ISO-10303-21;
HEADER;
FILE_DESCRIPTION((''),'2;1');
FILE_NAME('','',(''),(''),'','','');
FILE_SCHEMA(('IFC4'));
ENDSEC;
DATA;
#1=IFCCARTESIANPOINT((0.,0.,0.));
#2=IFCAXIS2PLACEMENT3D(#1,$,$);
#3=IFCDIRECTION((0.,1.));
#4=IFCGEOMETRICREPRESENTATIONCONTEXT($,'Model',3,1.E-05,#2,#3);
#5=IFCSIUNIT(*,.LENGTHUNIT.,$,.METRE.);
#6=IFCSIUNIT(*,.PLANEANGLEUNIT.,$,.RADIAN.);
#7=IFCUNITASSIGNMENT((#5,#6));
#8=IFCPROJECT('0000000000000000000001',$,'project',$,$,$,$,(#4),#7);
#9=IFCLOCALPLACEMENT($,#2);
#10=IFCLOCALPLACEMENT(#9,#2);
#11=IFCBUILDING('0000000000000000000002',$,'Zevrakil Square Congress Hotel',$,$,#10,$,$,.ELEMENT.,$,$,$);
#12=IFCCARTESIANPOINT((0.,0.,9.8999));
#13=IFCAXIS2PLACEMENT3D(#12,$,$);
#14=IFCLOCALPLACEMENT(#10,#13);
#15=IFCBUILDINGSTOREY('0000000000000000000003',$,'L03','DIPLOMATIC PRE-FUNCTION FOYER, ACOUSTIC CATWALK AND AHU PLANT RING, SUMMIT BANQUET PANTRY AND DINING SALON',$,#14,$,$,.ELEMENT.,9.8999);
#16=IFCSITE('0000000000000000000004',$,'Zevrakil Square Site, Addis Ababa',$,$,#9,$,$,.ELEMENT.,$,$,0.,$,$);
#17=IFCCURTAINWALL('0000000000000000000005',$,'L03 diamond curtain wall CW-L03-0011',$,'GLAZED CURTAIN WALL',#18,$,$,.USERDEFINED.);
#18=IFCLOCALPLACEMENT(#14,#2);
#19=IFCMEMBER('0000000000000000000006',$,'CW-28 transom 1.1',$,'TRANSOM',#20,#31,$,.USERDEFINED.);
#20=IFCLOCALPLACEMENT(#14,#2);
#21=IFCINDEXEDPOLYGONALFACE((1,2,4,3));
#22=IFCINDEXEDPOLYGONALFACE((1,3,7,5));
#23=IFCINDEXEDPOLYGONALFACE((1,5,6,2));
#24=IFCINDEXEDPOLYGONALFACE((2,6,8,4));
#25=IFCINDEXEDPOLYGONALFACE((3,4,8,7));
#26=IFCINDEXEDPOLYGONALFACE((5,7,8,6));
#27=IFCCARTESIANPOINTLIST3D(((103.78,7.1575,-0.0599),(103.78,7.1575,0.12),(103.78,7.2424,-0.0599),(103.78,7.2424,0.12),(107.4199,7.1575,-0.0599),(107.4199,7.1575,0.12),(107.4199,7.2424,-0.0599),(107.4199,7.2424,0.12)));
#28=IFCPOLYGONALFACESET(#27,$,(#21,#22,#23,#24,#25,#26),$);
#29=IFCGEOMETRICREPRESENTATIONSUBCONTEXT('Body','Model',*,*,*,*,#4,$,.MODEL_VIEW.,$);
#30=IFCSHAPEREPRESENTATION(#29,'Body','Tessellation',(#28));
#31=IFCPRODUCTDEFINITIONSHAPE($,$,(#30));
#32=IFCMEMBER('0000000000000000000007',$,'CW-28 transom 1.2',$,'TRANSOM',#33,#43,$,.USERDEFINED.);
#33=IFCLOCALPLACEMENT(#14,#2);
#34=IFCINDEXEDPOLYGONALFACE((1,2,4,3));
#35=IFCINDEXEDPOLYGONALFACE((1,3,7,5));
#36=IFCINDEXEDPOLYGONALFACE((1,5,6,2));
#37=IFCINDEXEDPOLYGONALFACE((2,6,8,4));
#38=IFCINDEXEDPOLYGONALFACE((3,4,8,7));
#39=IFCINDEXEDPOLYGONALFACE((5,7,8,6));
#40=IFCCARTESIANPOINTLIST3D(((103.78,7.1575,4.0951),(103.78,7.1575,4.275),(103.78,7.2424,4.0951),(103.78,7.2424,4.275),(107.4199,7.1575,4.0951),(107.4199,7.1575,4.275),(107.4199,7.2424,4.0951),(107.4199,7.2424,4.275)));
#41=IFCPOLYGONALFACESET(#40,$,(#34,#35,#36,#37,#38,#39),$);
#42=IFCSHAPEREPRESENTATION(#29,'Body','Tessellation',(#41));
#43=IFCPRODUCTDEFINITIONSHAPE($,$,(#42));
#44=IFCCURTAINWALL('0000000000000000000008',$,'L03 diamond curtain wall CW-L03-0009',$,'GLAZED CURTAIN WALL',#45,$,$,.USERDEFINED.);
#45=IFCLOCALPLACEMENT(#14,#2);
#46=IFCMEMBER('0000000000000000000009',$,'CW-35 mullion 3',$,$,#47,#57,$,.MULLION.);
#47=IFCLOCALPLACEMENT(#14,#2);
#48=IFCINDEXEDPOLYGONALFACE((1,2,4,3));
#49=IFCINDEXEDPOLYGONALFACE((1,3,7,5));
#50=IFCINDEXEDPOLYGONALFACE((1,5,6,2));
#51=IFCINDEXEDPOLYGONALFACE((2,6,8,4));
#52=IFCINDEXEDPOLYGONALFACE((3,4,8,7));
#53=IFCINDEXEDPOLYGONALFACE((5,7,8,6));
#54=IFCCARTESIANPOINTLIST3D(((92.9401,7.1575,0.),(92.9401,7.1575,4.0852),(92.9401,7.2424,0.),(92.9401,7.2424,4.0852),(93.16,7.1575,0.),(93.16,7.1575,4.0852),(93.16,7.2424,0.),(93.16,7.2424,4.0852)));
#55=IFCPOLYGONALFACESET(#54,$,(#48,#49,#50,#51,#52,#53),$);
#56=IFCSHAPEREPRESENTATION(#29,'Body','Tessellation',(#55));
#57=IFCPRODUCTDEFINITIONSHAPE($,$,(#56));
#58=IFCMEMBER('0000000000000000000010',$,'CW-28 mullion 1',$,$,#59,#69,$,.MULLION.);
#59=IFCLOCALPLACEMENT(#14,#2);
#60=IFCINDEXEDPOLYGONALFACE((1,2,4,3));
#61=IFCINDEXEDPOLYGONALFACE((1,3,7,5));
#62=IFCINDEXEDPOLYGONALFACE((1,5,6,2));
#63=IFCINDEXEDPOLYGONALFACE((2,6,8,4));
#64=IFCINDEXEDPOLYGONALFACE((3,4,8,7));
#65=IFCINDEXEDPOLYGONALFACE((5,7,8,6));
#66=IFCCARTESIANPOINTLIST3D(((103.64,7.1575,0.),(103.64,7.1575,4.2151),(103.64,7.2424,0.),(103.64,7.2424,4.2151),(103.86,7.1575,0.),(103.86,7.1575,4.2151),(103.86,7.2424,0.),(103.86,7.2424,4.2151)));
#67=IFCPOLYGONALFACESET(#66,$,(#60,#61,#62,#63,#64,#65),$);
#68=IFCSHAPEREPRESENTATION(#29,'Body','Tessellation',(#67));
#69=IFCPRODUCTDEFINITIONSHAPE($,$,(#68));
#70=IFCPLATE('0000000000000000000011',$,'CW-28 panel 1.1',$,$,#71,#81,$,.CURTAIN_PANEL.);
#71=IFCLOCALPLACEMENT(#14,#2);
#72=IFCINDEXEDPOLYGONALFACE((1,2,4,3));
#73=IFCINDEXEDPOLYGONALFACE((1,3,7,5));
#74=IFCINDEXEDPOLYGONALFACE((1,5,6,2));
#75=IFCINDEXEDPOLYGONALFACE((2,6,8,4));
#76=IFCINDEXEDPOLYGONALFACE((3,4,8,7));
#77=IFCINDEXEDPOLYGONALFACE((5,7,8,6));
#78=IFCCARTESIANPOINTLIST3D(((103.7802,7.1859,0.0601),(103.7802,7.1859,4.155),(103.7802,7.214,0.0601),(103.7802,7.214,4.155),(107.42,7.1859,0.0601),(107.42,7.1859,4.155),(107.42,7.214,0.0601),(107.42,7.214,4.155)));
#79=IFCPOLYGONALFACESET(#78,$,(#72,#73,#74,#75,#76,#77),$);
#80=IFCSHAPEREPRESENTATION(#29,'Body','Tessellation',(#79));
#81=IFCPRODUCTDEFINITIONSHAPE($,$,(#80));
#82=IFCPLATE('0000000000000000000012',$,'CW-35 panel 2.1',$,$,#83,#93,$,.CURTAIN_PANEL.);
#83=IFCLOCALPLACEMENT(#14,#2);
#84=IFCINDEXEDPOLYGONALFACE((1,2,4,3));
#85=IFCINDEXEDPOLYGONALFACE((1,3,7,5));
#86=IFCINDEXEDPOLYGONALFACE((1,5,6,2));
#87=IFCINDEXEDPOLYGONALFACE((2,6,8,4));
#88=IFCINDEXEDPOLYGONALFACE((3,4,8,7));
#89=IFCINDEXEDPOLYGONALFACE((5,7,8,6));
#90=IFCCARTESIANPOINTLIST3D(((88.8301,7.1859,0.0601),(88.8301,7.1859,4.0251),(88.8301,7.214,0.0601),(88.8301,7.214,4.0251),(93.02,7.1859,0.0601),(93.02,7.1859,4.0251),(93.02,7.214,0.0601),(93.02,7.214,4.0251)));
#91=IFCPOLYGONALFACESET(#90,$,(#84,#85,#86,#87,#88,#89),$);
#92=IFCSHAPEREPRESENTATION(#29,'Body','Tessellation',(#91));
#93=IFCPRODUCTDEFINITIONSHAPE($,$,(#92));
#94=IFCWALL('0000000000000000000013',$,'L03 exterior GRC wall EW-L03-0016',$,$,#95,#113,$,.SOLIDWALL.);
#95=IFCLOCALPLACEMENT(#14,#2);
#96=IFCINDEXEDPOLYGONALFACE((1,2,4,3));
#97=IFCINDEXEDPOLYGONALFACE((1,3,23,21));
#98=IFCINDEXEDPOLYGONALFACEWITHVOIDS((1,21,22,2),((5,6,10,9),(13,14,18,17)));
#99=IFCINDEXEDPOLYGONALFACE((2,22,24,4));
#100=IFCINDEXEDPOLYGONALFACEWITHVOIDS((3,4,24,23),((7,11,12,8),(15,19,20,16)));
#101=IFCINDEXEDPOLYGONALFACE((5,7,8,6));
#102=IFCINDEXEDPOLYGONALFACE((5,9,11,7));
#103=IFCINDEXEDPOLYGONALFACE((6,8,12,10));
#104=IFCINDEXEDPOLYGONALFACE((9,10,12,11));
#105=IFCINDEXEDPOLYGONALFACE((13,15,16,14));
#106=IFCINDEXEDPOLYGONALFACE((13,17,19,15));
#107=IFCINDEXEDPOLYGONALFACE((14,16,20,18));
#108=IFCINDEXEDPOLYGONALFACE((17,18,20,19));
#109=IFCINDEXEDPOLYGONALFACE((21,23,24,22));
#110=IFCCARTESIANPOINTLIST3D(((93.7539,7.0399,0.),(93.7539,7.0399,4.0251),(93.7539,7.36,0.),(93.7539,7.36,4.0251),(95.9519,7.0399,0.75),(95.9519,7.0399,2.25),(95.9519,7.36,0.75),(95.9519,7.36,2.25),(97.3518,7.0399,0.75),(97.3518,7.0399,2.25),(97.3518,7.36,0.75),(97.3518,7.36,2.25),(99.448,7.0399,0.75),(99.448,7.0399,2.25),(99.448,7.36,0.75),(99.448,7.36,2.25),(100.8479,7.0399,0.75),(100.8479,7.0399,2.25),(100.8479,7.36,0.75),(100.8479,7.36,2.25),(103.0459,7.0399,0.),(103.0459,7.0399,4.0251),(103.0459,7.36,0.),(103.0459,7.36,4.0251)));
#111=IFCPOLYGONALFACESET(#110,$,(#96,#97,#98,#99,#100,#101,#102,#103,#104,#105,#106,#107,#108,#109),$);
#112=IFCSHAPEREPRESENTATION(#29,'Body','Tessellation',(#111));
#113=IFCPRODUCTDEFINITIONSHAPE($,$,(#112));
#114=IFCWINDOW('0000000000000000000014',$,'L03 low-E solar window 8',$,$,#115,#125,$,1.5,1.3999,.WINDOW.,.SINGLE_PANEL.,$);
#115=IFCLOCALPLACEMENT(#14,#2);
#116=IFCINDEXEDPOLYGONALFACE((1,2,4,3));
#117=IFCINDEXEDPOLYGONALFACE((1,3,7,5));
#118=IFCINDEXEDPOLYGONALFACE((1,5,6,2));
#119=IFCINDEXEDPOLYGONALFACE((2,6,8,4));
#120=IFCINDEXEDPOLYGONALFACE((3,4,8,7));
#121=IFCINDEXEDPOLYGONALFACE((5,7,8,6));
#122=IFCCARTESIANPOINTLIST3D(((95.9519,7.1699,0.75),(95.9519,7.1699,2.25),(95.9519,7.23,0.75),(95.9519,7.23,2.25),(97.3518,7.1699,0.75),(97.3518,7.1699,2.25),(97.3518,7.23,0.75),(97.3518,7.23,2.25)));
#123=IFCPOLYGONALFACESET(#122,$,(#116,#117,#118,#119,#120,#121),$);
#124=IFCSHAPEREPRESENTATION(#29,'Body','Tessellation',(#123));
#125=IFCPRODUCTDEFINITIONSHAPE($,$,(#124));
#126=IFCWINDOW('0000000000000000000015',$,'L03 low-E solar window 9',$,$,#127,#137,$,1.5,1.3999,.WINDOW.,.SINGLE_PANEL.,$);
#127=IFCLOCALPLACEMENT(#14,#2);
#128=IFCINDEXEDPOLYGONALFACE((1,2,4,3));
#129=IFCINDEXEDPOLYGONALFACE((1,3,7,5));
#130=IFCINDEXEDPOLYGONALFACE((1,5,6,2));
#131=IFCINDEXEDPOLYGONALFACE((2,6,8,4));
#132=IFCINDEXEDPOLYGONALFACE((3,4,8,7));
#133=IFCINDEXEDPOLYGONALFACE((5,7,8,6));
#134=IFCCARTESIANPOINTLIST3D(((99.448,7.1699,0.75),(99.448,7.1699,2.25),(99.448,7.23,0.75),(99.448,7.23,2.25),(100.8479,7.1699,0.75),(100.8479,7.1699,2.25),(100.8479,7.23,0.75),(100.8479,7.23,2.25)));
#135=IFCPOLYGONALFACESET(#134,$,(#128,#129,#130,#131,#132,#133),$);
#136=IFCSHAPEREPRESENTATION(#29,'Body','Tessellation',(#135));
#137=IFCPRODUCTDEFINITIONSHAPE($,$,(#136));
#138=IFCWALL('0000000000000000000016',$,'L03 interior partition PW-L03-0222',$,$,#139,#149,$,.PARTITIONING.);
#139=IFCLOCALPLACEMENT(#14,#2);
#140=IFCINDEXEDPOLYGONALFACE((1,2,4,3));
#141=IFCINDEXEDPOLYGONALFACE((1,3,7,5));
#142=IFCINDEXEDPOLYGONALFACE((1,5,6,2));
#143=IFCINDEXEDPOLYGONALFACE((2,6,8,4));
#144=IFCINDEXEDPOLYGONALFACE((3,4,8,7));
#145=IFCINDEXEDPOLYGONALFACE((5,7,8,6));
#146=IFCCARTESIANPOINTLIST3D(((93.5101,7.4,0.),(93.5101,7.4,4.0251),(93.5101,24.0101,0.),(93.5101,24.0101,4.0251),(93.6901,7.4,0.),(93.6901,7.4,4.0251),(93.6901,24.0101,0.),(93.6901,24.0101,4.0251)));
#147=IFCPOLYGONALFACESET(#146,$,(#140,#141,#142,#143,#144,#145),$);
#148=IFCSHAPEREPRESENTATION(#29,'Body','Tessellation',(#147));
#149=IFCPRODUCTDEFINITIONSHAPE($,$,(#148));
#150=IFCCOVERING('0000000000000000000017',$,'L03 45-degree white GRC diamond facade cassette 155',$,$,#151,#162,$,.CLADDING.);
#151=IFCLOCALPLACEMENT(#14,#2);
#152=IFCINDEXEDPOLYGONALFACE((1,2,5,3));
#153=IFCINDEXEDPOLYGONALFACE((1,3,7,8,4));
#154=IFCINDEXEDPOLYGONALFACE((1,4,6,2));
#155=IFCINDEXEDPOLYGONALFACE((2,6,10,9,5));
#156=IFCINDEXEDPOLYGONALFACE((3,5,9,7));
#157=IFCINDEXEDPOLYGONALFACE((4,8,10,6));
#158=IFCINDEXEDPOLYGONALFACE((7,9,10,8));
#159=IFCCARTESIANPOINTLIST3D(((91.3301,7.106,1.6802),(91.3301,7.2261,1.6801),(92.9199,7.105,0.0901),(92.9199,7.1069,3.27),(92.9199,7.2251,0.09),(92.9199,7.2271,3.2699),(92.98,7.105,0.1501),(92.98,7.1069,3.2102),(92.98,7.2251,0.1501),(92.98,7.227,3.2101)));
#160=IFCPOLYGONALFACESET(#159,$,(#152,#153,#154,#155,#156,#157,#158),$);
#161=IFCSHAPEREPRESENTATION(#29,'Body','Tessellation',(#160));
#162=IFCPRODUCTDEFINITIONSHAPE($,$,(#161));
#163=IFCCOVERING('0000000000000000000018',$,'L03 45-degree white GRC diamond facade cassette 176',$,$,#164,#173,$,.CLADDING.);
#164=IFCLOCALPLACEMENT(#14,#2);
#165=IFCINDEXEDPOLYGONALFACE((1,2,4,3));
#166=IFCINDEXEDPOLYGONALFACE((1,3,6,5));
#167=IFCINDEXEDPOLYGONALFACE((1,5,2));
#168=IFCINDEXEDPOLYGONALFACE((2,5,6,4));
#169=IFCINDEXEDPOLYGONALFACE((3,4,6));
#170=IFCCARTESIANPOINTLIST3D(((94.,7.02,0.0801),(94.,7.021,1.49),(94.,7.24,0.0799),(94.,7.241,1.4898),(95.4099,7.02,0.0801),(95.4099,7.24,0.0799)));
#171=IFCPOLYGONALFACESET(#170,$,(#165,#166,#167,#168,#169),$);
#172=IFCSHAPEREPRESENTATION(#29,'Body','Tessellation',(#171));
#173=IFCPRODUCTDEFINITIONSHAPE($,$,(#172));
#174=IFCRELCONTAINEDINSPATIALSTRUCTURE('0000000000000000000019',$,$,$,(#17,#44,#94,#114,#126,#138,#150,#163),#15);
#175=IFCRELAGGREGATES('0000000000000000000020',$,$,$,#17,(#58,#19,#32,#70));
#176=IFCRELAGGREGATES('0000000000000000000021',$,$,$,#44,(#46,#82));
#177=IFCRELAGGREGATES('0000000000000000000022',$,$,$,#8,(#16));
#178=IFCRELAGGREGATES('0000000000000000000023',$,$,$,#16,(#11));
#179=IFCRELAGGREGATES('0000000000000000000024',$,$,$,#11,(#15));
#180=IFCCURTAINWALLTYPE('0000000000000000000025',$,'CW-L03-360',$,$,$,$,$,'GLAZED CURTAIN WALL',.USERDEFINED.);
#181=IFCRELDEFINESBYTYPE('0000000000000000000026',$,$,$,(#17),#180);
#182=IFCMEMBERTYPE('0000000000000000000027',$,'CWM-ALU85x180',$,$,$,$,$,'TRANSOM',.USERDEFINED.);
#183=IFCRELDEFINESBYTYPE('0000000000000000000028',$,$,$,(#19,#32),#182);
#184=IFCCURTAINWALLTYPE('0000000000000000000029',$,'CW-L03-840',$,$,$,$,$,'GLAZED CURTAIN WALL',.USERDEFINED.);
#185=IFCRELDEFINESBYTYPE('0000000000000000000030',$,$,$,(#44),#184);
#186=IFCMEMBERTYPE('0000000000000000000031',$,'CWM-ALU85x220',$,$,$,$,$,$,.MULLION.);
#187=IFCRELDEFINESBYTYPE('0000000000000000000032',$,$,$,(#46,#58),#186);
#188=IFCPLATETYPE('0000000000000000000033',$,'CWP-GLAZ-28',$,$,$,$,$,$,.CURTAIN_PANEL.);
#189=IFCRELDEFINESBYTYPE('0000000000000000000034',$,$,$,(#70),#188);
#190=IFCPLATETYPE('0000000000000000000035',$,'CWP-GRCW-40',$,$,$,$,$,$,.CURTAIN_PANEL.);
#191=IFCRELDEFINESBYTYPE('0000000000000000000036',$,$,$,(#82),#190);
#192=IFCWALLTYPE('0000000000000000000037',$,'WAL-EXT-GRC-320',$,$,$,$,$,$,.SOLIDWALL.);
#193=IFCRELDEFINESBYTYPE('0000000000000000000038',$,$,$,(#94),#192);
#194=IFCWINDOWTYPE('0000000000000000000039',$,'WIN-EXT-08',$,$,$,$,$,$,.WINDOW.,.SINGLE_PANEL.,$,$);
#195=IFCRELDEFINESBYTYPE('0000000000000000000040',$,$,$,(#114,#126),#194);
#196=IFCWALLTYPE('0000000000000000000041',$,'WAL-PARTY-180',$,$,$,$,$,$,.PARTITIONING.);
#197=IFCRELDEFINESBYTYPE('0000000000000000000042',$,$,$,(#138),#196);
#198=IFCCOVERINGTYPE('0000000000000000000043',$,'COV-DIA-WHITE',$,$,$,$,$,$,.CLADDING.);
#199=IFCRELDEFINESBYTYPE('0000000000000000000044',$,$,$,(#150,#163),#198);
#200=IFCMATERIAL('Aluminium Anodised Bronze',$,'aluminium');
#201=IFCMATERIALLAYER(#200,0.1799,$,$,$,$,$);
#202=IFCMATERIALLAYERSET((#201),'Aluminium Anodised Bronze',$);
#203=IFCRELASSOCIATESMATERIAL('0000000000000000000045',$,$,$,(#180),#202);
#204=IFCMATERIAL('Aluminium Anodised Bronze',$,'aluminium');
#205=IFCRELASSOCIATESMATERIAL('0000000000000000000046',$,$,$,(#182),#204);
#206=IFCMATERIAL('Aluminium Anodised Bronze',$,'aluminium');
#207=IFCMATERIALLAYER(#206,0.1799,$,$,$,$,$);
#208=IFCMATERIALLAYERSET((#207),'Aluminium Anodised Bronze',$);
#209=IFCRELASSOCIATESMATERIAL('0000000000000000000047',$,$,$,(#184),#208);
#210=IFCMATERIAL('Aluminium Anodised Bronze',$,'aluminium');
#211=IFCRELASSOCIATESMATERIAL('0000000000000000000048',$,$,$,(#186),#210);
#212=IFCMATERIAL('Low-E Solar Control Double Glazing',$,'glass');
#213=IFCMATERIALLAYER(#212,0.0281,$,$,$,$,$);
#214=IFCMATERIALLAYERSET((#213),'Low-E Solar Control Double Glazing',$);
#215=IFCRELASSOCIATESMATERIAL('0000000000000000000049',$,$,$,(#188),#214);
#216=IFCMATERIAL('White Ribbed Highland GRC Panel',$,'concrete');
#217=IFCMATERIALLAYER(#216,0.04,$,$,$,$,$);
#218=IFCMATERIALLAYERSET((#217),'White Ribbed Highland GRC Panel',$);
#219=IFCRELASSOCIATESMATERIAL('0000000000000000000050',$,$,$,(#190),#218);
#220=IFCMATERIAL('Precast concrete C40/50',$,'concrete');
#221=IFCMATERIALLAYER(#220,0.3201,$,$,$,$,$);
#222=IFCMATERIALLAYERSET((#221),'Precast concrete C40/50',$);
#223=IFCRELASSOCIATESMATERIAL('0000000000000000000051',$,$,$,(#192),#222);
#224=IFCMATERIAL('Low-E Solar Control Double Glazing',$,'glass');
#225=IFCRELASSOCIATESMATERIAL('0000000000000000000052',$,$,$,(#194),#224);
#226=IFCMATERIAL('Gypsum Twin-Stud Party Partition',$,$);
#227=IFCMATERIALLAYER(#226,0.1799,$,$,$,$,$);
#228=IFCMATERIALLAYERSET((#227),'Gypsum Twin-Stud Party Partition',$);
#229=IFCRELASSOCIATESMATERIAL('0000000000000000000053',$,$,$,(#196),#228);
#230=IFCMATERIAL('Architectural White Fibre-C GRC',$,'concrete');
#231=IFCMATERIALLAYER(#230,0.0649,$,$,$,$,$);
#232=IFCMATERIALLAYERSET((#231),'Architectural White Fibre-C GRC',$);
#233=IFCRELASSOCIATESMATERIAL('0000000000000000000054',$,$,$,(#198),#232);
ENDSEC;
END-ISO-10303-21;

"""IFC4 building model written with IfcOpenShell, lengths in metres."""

from ifc_helpers import new_model, si_unit, direction, frame, frame_2d, origin, origin_2d, place, context, subcontext, project, spatial, polyline, rectangle, outline, extrude, material, layer, layer_set, material_profile, profile_set, type_object, element, fill, aggregate, save


model = new_model("IFC4")

# Units and contexts
model_context = context("Model", 3, precision=1e-05, world=origin(), true_north=direction((0.0, 1.0)))
body_context = subcontext(model_context, "Body", "Model", "MODEL_VIEW")
ifc_project = project(units=[si_unit("LENGTHUNIT", "METRE"), si_unit("PLANEANGLEUNIT", "RADIAN")], contexts=[model_context])

# Site, building, storey
site_placement = place(None, origin())
site = spatial("IfcSite", under=ifc_project, at=site_placement, Name="Zevrakil Square Site, Addis Ababa", CompositionType="ELEMENT", RefElevation=0.0)
building_placement = place(site_placement, origin())
building = spatial("IfcBuilding", under=site, at=building_placement, Name="Zevrakil Square Congress Hotel", CompositionType="ELEMENT")
storey_placement = place(building_placement, frame((0.0, 0.0, 9.8999)))
storey = spatial("IfcBuildingStorey", under=building, at=storey_placement, Name="L03", Description="DIPLOMATIC PRE-FUNCTION FOYER, ACOUSTIC CATWALK AND AHU PLANT RING, SUMMIT BANQUET PANTRY AND DINING SALON", CompositionType="ELEMENT", Elevation=9.8999)

# Curtain wall, members
ifc_material_1 = material(Name="Aluminium Anodised Bronze", Category="aluminium")
ifc_layer_1 = layer(ifc_material_1, 0.1799)
ifc_layer_set_1 = layer_set([ifc_layer_1], Name="Aluminium Anodised Bronze")
curtain_wall_type_1 = type_object("IfcCurtainWallType", Name="CW-L03-360", ElementType="GLAZED CURTAIN WALL", PredefinedType="USERDEFINED", material=ifc_layer_set_1)
curtain_wall_1_placement = place(storey_placement, origin())
curtain_wall_1 = element("IfcCurtainWall", 1, at=curtain_wall_1_placement, inside=storey, type_object=curtain_wall_type_1, Name="L03 diamond curtain wall CW-L03-0011", ObjectType="GLAZED CURTAIN WALL", PredefinedType="USERDEFINED")
ifc_material_2 = material(Name="Aluminium Anodised Bronze", Category="aluminium")
ifc_material_profile_1 = material_profile(ifc_material_2, rectangle(XDim=0.085, YDim=0.1799, at=origin_2d()), Name="ALU 85x180")
ifc_profile_set_1 = profile_set([ifc_material_profile_1], Name="Aluminium Anodised Bronze")
member_type_1 = type_object("IfcMemberType", Name="CWM-ALU85x180", ElementType="TRANSOM", PredefinedType="USERDEFINED", material=ifc_profile_set_1)
member_1_placement = place(storey_placement, frame((103.78, 7.2, 0.03), z_axis=(1.0, 0.0, 0.0), x_axis=(0.0, 1.0, 0.0)))
member_1 = element("IfcMember", 2, at=member_1_placement, type_object=member_type_1, Name="CW-28 transom 1.1", ObjectType="TRANSOM", PredefinedType="USERDEFINED", context=body_context, shape_type="SweptSolid", body=[
    extrude(rectangle(XDim=0.085, YDim=0.1799, at=origin_2d()), origin(), (0.0, 0.0, 1.0), 3.6399),
])
member_2_placement = place(storey_placement, frame((103.78, 7.2, 4.1851), z_axis=(1.0, 0.0, 0.0), x_axis=(0.0, 1.0, 0.0)))
member_2 = element("IfcMember", 3, at=member_2_placement, type_object=member_type_1, Name="CW-28 transom 1.2", ObjectType="TRANSOM", PredefinedType="USERDEFINED", context=body_context, shape_type="SweptSolid", body=[
    extrude(rectangle(XDim=0.085, YDim=0.1799, at=origin_2d()), origin(), (0.0, 0.0, 1.0), 3.6399),
])

# Curtain wall, member
ifc_material_3 = material(Name="Aluminium Anodised Bronze", Category="aluminium")
ifc_layer_2 = layer(ifc_material_3, 0.1799)
ifc_layer_set_2 = layer_set([ifc_layer_2], Name="Aluminium Anodised Bronze")
curtain_wall_type_2 = type_object("IfcCurtainWallType", Name="CW-L03-840", ElementType="GLAZED CURTAIN WALL", PredefinedType="USERDEFINED", material=ifc_layer_set_2)
curtain_wall_2_placement = place(storey_placement, origin())
curtain_wall_2 = element("IfcCurtainWall", 4, at=curtain_wall_2_placement, inside=storey, type_object=curtain_wall_type_2, Name="L03 diamond curtain wall CW-L03-0009", ObjectType="GLAZED CURTAIN WALL", PredefinedType="USERDEFINED")
ifc_material_4 = material(Name="Aluminium Anodised Bronze", Category="aluminium")
ifc_material_profile_2 = material_profile(ifc_material_4, rectangle(XDim=0.085, YDim=0.22, at=origin_2d()), Name="ALU 85x220")
ifc_profile_set_2 = profile_set([ifc_material_profile_2], Name="Aluminium Anodised Bronze")
member_type_2 = type_object("IfcMemberType", Name="CWM-ALU85x220", PredefinedType="MULLION", material=ifc_profile_set_2)
member_3_placement = place(storey_placement, frame((93.05, 7.2, 0.0), z_axis=(0.0, 0.0, 1.0), x_axis=(0.0, 1.0, 0.0)))
member_3 = element("IfcMember", 5, at=member_3_placement, type_object=member_type_2, Name="CW-35 mullion 3", PredefinedType="MULLION", context=body_context, shape_type="SweptSolid", body=[
    extrude(rectangle(XDim=0.085, YDim=0.22, at=origin_2d()), origin(), (0.0, 0.0, 1.0), 4.0852),
])

# Member
member_4_placement = place(storey_placement, frame((103.75, 7.2, 0.0), z_axis=(0.0, 0.0, 1.0), x_axis=(0.0, 1.0, 0.0)))
member_4 = element("IfcMember", 6, at=member_4_placement, type_object=member_type_2, Name="CW-28 mullion 1", PredefinedType="MULLION", context=body_context, shape_type="SweptSolid", body=[
    extrude(rectangle(XDim=0.085, YDim=0.22, at=origin_2d()), origin(), (0.0, 0.0, 1.0), 4.2151),
])

# Plates
ifc_material_5 = material(Name="Low-E Solar Control Double Glazing", Category="glass")
ifc_layer_3 = layer(ifc_material_5, 0.0281)
ifc_layer_set_3 = layer_set([ifc_layer_3], Name="Low-E Solar Control Double Glazing")
plate_type_1 = type_object("IfcPlateType", Name="CWP-GLAZ-28", PredefinedType="CURTAIN_PANEL", material=ifc_layer_set_3)
plate_1_placement = place(storey_placement, frame((105.6001, 7.2, 0.0601), z_axis=(0.0, 0.0, 1.0), x_axis=(1.0, 0.0, 0.0)))
plate_1 = element("IfcPlate", 7, at=plate_1_placement, type_object=plate_type_1, Name="CW-28 panel 1.1", PredefinedType="CURTAIN_PANEL", context=body_context, shape_type="SweptSolid", body=[
    extrude(rectangle(XDim=3.6399, YDim=0.0281, at=origin_2d()), origin(), (0.0, 0.0, 1.0), 4.095),
])
aggregate(curtain_wall_1, [member_4, member_1, member_2, plate_1])
ifc_material_6 = material(Name="White Ribbed Highland GRC Panel", Category="concrete")
ifc_layer_4 = layer(ifc_material_6, 0.04)
ifc_layer_set_4 = layer_set([ifc_layer_4], Name="White Ribbed Highland GRC Panel")
plate_type_2 = type_object("IfcPlateType", Name="CWP-GRCW-40", PredefinedType="CURTAIN_PANEL", material=ifc_layer_set_4)
plate_2_placement = place(storey_placement, frame((90.925, 7.2, 0.0601), z_axis=(0.0, 0.0, 1.0), x_axis=(1.0, 0.0, 0.0)))
plate_2 = element("IfcPlate", 8, at=plate_2_placement, type_object=plate_type_2, Name="CW-35 panel 2.1", PredefinedType="CURTAIN_PANEL", context=body_context, shape_type="SweptSolid", body=[
    extrude(rectangle(XDim=4.1899, YDim=0.0281, at=origin_2d()), origin(), (0.0, 0.0, 1.0), 3.9651),
])
aggregate(curtain_wall_2, [member_3, plate_2])

# Wall, openings, windows
ifc_material_7 = material(Name="Precast concrete C40/50", Category="concrete")
ifc_layer_5 = layer(ifc_material_7, 0.3201)
ifc_layer_set_5 = layer_set([ifc_layer_5], Name="Precast concrete C40/50")
wall_type_1 = type_object("IfcWallType", Name="WAL-EXT-GRC-320", PredefinedType="SOLIDWALL", material=ifc_layer_set_5)
wall_1_placement = place(storey_placement, frame((93.7539, 7.2, 0.0), z_axis=(0.0, 0.0, 1.0), x_axis=(1.0, 0.0, 0.0)))
wall_1 = element("IfcWall", 9, at=wall_1_placement, inside=storey, type_object=wall_type_1, Name="L03 exterior GRC wall EW-L03-0016", PredefinedType="SOLIDWALL", context=body_context, shape_type="SweptSolid", body=[
    extrude(rectangle(XDim=9.292, YDim=0.3201, at=frame_2d((4.646, 0.0))), origin(), (0.0, 0.0, 1.0), 4.0251),
])
opening_1_placement = place(wall_1_placement, frame((2.198, 0.0, 0.75)))
opening_1 = element("IfcOpeningElement", 10, at=opening_1_placement, cuts=wall_1, PredefinedType="OPENING", context=body_context, shape_type="SweptSolid", body=[
    extrude(rectangle(XDim=1.3999, YDim=1.5, at=frame_2d((0.7, 0.75))), frame((0.0, 0.1699, 0.0), z_axis=(0.0, -1.0, 0.0), x_axis=(1.0, 0.0, 0.0)), (0.0, 0.0, 1.0), 0.3401),
])
opening_2_placement = place(wall_1_placement, frame((5.6941, 0.0, 0.75)))
opening_2 = element("IfcOpeningElement", 11, at=opening_2_placement, cuts=wall_1, PredefinedType="OPENING", context=body_context, shape_type="SweptSolid", body=[
    extrude(rectangle(XDim=1.3999, YDim=1.5, at=frame_2d((0.7, 0.75))), frame((0.0, 0.1699, 0.0), z_axis=(0.0, -1.0, 0.0), x_axis=(1.0, 0.0, 0.0)), (0.0, 0.0, 1.0), 0.3401),
])
ifc_material_8 = material(Name="Low-E Solar Control Double Glazing", Category="glass")
window_type = type_object("IfcWindowType", Name="WIN-EXT-08", PartitioningType="SINGLE_PANEL", PredefinedType="WINDOW", material=ifc_material_8)
window_1_placement = place(opening_1_placement, origin())
window_1 = element("IfcWindow", 12, at=window_1_placement, inside=storey, type_object=window_type, Name="L03 low-E solar window 8", OverallHeight=1.5, OverallWidth=1.3999, PartitioningType="SINGLE_PANEL", PredefinedType="WINDOW", context=body_context, shape_type="SweptSolid", body=[
    extrude(rectangle(XDim=1.3999, YDim=1.5, at=frame_2d((0.7, 0.75))), frame((0.0, 0.03, 0.0), z_axis=(0.0, -1.0, 0.0), x_axis=(1.0, 0.0, 0.0)), (0.0, 0.0, 1.0), 0.0601),
])
fill(opening_1, window_1)
window_2_placement = place(opening_2_placement, origin())
window_2 = element("IfcWindow", 13, at=window_2_placement, inside=storey, type_object=window_type, Name="L03 low-E solar window 9", OverallHeight=1.5, OverallWidth=1.3999, PartitioningType="SINGLE_PANEL", PredefinedType="WINDOW", context=body_context, shape_type="SweptSolid", body=[
    extrude(rectangle(XDim=1.3999, YDim=1.5, at=frame_2d((0.7, 0.75))), frame((0.0, 0.03, 0.0), z_axis=(0.0, -1.0, 0.0), x_axis=(1.0, 0.0, 0.0)), (0.0, 0.0, 1.0), 0.0601),
])
fill(opening_2, window_2)

# Wall
ifc_material_9 = material(Name="Gypsum Twin-Stud Party Partition")
ifc_layer_6 = layer(ifc_material_9, 0.1799)
ifc_layer_set_6 = layer_set([ifc_layer_6], Name="Gypsum Twin-Stud Party Partition")
wall_type_2 = type_object("IfcWallType", Name="WAL-PARTY-180", PredefinedType="PARTITIONING", material=ifc_layer_set_6)
wall_2_placement = place(storey_placement, frame((93.6001, 7.3999, 0.0), z_axis=(0.0, 0.0, 1.0), x_axis=(0.0, 1.0, 0.0)))
element("IfcWall", 14, at=wall_2_placement, inside=storey, type_object=wall_type_2, Name="L03 interior partition PW-L03-0222", PredefinedType="PARTITIONING", context=body_context, shape_type="SweptSolid", body=[
    extrude(rectangle(XDim=16.6101, YDim=0.1799, at=frame_2d((8.3052, 0.0))), origin(), (0.0, 0.0, 1.0), 4.0251),
])

# Coverings
ifc_material_10 = material(Name="Architectural White Fibre-C GRC", Category="concrete")
ifc_layer_7 = layer(ifc_material_10, 0.0649)
ifc_layer_set_7 = layer_set([ifc_layer_7], Name="Architectural White Fibre-C GRC")
covering_type_1 = type_object("IfcCoveringType", Name="COV-DIA-WHITE", PredefinedType="CLADDING", material=ifc_layer_set_7)
covering_1_placement = place(storey_placement, frame((92.9199, 7.105, 0.0901), z_axis=(0.0, -1.0, 0.000615), x_axis=(-0.707052, 0.000435, 0.707161)))
element("IfcCovering", 15, at=covering_1_placement, inside=storey, type_object=covering_type_1, Name="L03 45-degree white GRC diamond facade cassette 155", PredefinedType="CLADDING", context=body_context, shape_type="SweptSolid", body=[
    extrude(outline(polyline([(0.0, 0.0), (2.2486, 0.0), (2.2487, -2.2484), (2.164, -2.2486), (0.0, -0.0849), (0.0, 0.0)])), origin(), (0.0, 0.0, -1.0), 0.1201),
])
covering_2_placement = place(storey_placement, frame((95.4099, 7.02, 0.0801), z_axis=(0.0, -1.0, 0.000693), x_axis=(-1.0, 0.0, 0.0)))
element("IfcCovering", 16, at=covering_2_placement, inside=storey, type_object=covering_type_1, Name="L03 45-degree white GRC diamond facade cassette 176", PredefinedType="CLADDING", context=body_context, shape_type="SweptSolid", body=[
    extrude(outline(polyline([(0.0, 0.0), (1.4099, 0.0), (1.4099, -1.4099), (0.0, 0.0)])), origin(), (0.0, 0.0, -1.0), 0.22),
])

save(model, "model.ifc")
